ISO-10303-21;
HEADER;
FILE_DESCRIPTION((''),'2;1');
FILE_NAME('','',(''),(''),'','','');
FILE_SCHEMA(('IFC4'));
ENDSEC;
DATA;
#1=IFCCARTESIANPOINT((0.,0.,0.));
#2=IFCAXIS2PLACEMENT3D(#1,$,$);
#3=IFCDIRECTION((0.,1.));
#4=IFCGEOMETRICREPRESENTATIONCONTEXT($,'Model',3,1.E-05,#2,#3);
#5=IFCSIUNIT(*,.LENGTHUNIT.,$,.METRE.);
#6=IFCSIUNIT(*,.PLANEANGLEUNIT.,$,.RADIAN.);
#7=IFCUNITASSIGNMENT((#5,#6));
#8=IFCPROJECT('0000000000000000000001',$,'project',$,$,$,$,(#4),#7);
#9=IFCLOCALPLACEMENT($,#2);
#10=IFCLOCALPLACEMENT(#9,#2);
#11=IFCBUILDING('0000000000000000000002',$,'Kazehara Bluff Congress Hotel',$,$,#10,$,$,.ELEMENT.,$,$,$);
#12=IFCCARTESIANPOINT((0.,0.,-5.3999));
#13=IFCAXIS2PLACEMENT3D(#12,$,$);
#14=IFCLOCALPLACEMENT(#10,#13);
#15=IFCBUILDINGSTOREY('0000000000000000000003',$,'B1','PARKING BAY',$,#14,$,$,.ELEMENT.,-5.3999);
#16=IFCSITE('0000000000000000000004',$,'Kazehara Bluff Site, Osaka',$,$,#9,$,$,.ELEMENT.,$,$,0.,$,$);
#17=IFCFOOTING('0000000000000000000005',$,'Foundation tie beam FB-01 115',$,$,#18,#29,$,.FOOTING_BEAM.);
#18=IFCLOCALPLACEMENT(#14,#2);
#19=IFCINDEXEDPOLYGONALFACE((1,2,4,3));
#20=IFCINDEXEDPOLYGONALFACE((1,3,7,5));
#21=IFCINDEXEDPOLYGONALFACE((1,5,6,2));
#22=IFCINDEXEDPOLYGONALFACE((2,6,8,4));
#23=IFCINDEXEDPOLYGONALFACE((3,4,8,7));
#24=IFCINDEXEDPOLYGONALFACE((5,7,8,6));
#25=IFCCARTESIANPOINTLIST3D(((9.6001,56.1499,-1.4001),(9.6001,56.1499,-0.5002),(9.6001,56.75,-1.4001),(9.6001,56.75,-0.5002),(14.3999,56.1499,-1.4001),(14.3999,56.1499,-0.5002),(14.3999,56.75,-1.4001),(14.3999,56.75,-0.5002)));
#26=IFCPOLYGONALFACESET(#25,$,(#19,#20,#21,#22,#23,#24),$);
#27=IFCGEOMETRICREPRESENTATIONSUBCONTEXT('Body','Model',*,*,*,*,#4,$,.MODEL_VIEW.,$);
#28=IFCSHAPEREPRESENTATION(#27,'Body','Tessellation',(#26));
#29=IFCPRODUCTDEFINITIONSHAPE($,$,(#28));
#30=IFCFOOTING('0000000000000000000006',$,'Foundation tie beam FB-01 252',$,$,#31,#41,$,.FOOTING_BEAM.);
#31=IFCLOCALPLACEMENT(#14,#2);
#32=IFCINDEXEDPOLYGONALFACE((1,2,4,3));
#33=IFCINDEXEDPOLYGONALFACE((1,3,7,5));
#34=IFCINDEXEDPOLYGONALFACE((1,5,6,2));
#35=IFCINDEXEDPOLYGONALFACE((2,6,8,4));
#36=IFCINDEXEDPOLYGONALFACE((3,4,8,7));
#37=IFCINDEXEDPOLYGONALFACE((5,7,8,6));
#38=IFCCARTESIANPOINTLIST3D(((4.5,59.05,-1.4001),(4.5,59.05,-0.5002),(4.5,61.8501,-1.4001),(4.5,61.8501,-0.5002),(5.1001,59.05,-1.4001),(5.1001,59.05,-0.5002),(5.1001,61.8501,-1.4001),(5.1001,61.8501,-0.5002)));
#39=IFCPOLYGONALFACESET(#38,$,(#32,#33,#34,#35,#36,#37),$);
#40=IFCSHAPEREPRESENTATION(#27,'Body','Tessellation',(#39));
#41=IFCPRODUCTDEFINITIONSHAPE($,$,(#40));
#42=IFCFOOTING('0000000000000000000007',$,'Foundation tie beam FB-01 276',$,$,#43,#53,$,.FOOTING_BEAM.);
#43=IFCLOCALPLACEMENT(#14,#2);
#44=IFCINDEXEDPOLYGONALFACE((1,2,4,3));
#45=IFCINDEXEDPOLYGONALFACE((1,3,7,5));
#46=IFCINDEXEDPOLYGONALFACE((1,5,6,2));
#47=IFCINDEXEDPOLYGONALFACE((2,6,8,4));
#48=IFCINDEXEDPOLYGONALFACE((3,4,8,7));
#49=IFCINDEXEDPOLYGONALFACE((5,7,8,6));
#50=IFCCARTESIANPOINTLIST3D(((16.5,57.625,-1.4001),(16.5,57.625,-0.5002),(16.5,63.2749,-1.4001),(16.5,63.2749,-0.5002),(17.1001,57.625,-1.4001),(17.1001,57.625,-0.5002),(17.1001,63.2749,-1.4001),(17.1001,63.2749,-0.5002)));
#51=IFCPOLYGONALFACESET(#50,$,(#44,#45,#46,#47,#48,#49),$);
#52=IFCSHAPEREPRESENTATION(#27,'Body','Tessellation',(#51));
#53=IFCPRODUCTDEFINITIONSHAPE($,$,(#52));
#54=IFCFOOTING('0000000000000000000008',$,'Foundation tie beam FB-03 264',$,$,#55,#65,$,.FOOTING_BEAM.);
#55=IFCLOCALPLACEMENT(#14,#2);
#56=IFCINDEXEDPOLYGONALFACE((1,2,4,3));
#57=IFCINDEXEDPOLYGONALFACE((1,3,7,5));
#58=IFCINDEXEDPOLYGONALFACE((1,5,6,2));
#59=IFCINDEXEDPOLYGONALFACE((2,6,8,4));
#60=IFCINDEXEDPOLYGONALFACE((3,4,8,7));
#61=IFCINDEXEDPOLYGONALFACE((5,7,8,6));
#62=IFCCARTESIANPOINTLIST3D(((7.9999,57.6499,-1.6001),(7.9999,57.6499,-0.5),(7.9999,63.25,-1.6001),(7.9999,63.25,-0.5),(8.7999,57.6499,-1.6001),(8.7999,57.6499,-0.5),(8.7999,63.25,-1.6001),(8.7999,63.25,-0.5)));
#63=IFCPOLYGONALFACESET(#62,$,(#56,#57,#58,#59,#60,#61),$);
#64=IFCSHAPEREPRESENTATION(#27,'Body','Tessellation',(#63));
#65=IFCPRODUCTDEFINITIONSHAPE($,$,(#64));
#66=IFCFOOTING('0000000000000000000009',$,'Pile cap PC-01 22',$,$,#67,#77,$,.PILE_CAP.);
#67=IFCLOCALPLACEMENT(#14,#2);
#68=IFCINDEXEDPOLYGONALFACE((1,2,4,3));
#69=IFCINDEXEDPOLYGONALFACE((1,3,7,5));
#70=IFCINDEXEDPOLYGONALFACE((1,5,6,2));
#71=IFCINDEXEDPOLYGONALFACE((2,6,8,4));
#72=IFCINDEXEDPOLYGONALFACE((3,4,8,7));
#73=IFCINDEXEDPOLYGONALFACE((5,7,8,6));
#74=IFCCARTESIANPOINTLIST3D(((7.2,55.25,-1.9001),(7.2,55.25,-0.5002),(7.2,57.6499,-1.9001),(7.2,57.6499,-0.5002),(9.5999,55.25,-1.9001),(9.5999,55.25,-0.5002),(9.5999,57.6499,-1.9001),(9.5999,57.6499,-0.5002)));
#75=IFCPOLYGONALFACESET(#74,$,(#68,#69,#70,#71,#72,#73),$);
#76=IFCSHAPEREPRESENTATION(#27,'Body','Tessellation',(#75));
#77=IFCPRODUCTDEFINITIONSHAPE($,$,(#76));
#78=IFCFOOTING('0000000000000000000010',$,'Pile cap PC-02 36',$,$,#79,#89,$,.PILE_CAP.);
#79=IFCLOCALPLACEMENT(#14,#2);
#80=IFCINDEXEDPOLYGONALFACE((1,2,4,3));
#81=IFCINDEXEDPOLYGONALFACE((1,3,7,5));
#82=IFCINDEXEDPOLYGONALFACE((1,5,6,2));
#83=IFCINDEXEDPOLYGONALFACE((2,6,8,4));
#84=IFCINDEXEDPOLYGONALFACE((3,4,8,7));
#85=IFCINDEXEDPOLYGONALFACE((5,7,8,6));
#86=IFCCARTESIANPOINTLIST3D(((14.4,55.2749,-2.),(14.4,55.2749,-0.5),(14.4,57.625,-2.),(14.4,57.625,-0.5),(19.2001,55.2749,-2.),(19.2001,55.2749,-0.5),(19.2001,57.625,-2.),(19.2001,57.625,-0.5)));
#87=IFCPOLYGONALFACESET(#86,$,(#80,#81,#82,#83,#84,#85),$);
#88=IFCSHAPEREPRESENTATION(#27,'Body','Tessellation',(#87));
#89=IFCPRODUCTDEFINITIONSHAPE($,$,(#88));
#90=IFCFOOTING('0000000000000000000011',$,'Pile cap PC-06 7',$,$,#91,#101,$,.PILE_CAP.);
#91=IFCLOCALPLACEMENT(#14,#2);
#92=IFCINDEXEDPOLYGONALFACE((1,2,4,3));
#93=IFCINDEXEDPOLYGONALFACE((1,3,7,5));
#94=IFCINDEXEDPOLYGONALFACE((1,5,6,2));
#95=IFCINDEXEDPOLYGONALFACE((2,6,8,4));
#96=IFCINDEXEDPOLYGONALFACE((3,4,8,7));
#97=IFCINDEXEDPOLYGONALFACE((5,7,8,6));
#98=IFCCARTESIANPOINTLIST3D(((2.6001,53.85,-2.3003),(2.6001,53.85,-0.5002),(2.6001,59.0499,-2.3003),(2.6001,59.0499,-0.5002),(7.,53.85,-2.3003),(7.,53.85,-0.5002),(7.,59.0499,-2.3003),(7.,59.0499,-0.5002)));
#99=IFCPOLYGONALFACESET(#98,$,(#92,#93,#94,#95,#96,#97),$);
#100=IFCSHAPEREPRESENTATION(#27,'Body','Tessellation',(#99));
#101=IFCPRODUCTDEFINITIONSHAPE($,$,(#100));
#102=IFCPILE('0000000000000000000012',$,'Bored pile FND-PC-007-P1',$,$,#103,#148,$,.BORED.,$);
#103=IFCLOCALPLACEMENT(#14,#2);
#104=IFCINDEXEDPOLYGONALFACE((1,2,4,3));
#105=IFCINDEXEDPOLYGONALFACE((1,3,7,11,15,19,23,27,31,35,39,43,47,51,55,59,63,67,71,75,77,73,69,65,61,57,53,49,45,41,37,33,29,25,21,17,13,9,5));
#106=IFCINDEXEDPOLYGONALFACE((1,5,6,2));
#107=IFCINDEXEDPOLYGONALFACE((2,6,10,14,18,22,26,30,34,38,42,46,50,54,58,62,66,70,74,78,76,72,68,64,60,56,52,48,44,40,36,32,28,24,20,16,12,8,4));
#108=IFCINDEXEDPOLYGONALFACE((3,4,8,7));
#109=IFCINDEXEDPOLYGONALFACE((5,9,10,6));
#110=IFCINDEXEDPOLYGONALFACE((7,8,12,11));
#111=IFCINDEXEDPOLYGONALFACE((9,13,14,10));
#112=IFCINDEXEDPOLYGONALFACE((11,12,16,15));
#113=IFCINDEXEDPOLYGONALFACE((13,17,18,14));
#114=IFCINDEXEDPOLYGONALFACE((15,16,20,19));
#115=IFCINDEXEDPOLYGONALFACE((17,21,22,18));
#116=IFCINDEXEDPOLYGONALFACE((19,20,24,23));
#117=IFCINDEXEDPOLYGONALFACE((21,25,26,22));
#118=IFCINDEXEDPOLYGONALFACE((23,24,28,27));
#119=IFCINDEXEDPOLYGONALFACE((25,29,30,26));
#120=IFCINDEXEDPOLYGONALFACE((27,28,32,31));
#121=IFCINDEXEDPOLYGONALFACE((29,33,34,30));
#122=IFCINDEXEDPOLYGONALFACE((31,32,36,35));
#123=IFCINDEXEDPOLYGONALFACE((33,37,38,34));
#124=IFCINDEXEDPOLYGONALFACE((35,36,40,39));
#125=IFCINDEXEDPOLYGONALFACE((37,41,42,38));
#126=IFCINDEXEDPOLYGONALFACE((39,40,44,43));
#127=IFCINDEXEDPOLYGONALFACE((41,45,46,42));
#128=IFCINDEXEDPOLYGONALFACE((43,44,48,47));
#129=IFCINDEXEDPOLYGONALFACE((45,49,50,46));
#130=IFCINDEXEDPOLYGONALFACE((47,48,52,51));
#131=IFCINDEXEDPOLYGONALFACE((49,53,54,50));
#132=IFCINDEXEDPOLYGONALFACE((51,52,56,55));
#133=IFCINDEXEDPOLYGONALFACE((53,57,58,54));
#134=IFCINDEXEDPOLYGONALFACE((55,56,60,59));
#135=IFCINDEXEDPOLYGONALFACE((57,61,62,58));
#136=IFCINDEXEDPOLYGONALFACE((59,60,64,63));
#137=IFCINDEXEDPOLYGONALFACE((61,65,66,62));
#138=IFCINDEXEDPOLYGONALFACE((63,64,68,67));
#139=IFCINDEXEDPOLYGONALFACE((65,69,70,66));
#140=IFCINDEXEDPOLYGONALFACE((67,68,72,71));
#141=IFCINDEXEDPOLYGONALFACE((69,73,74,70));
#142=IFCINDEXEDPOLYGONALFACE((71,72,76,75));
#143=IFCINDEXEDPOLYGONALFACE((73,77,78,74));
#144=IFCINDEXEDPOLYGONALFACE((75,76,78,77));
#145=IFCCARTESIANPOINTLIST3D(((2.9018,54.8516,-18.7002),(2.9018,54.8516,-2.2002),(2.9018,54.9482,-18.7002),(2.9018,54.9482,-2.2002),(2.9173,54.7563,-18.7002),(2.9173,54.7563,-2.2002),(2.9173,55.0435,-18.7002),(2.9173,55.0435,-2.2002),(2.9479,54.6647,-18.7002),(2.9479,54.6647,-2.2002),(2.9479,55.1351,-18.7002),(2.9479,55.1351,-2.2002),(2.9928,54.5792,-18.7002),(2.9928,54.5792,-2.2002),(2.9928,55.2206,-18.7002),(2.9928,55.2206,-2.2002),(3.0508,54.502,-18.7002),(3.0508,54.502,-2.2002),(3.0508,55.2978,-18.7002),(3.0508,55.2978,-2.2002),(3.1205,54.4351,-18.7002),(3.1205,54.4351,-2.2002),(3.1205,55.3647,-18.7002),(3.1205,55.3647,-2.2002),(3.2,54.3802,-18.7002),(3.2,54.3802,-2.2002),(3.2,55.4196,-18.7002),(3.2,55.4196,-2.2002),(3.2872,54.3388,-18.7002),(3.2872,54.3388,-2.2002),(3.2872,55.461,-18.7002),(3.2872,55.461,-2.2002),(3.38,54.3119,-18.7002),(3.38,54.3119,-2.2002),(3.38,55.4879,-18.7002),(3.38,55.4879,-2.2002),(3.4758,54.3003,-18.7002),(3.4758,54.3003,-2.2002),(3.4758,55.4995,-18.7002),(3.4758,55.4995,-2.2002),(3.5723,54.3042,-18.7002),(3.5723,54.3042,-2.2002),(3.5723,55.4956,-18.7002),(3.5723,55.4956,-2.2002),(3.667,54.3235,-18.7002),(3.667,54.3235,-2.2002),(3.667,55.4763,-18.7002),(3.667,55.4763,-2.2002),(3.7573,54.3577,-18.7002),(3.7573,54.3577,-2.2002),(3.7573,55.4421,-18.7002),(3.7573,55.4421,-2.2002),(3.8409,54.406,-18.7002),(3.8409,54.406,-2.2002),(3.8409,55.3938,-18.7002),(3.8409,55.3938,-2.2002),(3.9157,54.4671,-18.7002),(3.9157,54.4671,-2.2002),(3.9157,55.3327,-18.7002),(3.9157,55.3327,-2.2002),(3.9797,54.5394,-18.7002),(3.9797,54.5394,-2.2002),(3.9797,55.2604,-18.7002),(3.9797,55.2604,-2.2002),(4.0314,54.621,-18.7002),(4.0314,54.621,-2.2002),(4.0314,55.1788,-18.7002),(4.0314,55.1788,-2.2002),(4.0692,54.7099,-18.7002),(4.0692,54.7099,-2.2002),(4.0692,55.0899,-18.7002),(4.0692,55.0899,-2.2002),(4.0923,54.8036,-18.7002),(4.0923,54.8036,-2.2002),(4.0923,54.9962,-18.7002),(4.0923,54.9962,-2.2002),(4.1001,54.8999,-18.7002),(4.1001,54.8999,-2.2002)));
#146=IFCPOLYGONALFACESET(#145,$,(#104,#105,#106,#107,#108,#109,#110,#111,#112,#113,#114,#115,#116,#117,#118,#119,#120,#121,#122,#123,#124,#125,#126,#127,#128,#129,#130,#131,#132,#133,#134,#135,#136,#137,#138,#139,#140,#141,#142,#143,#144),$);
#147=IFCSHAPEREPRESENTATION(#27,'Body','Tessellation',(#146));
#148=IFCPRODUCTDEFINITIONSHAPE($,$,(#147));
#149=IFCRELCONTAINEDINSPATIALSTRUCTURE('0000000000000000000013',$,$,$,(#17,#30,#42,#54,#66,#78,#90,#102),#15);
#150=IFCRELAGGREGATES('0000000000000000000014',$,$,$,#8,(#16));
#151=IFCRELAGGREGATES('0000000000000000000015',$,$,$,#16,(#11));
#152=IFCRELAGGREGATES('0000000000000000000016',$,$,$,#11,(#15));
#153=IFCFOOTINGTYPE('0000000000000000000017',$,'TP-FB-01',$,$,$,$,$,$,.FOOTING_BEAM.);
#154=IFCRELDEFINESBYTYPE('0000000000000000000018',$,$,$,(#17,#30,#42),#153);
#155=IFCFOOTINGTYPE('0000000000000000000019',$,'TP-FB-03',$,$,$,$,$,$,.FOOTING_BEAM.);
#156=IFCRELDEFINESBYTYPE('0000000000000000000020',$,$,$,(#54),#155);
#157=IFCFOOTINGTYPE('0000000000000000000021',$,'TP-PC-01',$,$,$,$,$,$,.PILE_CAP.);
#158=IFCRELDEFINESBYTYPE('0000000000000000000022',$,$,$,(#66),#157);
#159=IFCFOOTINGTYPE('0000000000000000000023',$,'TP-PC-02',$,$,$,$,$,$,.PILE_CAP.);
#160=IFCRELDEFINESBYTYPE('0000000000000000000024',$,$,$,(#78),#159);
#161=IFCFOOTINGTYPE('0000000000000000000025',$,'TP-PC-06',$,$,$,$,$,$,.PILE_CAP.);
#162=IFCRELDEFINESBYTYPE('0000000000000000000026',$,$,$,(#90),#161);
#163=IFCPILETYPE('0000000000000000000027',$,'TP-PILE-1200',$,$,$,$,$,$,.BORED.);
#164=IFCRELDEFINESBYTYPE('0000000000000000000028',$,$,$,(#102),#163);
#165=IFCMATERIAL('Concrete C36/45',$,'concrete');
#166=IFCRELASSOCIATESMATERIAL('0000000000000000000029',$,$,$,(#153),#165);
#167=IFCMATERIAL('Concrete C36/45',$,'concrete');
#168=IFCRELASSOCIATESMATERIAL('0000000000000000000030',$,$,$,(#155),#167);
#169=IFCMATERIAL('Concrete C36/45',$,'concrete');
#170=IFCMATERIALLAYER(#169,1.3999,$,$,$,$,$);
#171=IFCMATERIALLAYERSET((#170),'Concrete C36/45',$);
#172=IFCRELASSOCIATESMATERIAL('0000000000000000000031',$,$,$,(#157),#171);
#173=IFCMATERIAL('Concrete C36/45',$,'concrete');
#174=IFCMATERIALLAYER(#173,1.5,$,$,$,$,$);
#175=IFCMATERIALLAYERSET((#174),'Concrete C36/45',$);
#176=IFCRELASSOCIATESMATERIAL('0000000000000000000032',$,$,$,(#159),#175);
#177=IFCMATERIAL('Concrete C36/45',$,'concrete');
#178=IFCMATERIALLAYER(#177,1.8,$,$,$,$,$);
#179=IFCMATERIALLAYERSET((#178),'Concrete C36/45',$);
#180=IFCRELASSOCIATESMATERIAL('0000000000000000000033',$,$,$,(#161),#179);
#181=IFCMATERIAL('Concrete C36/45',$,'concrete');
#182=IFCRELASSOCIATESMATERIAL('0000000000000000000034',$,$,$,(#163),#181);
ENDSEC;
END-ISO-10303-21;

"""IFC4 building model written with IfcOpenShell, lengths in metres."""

from ifc_helpers import new_model, si_unit, direction, frame, origin, origin_2d, place, context, subcontext, project, spatial, rectangle, circle, extrude, material, layer, layer_set, material_profile, profile_set, type_object, element, save


model = new_model("IFC4")

# Units and contexts
model_context = context("Model", 3, precision=1e-05, world=origin(), true_north=direction((0.0, 1.0)))
body_context = subcontext(model_context, "Body", "Model", "MODEL_VIEW")
ifc_project = project(units=[si_unit("LENGTHUNIT", "METRE"), si_unit("PLANEANGLEUNIT", "RADIAN")], contexts=[model_context])

# Site, building, storey
site_placement = place(None, origin())
site = spatial("IfcSite", under=ifc_project, at=site_placement, Name="Kazehara Bluff Site, Osaka", CompositionType="ELEMENT", RefElevation=0.0)
building_placement = place(site_placement, origin())
building = spatial("IfcBuilding", under=site, at=building_placement, Name="Kazehara Bluff Congress Hotel", CompositionType="ELEMENT")
storey_placement = place(building_placement, frame((0.0, 0.0, -5.3999)))
storey = spatial("IfcBuildingStorey", under=building, at=storey_placement, Name="B1", Description="PARKING BAY", CompositionType="ELEMENT", Elevation=-5.3999)

# Footings
ifc_material_1 = material(Name="Concrete C36/45", Category="concrete")
ifc_material_profile_1 = material_profile(ifc_material_1, rectangle(XDim=0.6001, YDim=0.8999, at=origin_2d()))
ifc_profile_set_1 = profile_set([ifc_material_profile_1], Name="Concrete C36/45")
footing_type_1 = type_object("IfcFootingType", Name="TP-FB-01", PredefinedType="FOOTING_BEAM", material=ifc_profile_set_1)
footing_1_placement = place(storey_placement, frame((9.6001, 56.45, -0.9502), z_axis=(1.0, 0.0, 0.0), x_axis=(0.0, 1.0, 0.0)))
element("IfcFooting", 1, at=footing_1_placement, inside=storey, type_object=footing_type_1, Name="Foundation tie beam FB-01 115", PredefinedType="FOOTING_BEAM", context=body_context, shape_type="SweptSolid", body=[
    extrude(rectangle(XDim=0.6001, YDim=0.8999, at=origin_2d()), origin(), (0.0, 0.0, 1.0), 4.7998),
])
footing_2_placement = place(storey_placement, frame((4.8, 59.05, -0.9502), z_axis=(0.0, 1.0, 0.0), x_axis=(-1.0, 0.0, 0.0)))
element("IfcFooting", 2, at=footing_2_placement, inside=storey, type_object=footing_type_1, Name="Foundation tie beam FB-01 252", PredefinedType="FOOTING_BEAM", context=body_context, shape_type="SweptSolid", body=[
    extrude(rectangle(XDim=0.6001, YDim=0.8999, at=origin_2d()), origin(), (0.0, 0.0, 1.0), 2.8),
])
footing_3_placement = place(storey_placement, frame((16.8, 57.625, -0.9502), z_axis=(0.0, 1.0, 0.0), x_axis=(-1.0, 0.0, 0.0)))
element("IfcFooting", 3, at=footing_3_placement, inside=storey, type_object=footing_type_1, Name="Foundation tie beam FB-01 276", PredefinedType="FOOTING_BEAM", context=body_context, shape_type="SweptSolid", body=[
    extrude(rectangle(XDim=0.6001, YDim=0.8999, at=origin_2d()), origin(), (0.0, 0.0, 1.0), 5.6499),
])
ifc_material_2 = material(Name="Concrete C36/45", Category="concrete")
ifc_material_profile_2 = material_profile(ifc_material_2, rectangle(XDim=0.8, YDim=1.1001, at=origin_2d()))
ifc_profile_set_2 = profile_set([ifc_material_profile_2], Name="Concrete C36/45")
footing_type_2 = type_object("IfcFootingType", Name="TP-FB-03", PredefinedType="FOOTING_BEAM", material=ifc_profile_set_2)
footing_4_placement = place(storey_placement, frame((8.3999, 57.6499, -1.05), z_axis=(0.0, 1.0, 0.0), x_axis=(-1.0, 0.0, 0.0)))
element("IfcFooting", 4, at=footing_4_placement, inside=storey, type_object=footing_type_2, Name="Foundation tie beam FB-03 264", PredefinedType="FOOTING_BEAM", context=body_context, shape_type="SweptSolid", body=[
    extrude(rectangle(XDim=0.8, YDim=1.1001, at=origin_2d()), origin(), (0.0, 0.0, 1.0), 5.6001),
])
ifc_material_3 = material(Name="Concrete C36/45", Category="concrete")
ifc_layer_1 = layer(ifc_material_3, 1.3999)
ifc_layer_set_1 = layer_set([ifc_layer_1], Name="Concrete C36/45")
footing_type_3 = type_object("IfcFootingType", Name="TP-PC-01", PredefinedType="PILE_CAP", material=ifc_layer_set_1)
footing_5_placement = place(storey_placement, frame((8.3999, 56.45, -1.9001), z_axis=(0.0, 0.0, 1.0), x_axis=(1.0, 0.0, 0.0)))
element("IfcFooting", 5, at=footing_5_placement, inside=storey, type_object=footing_type_3, Name="Pile cap PC-01 22", PredefinedType="PILE_CAP", context=body_context, shape_type="SweptSolid", body=[
    extrude(rectangle(XDim=2.3999, YDim=2.3999, at=origin_2d()), origin(), (0.0, 0.0, 1.0), 1.3999),
])
ifc_material_4 = material(Name="Concrete C36/45", Category="concrete")
ifc_layer_2 = layer(ifc_material_4, 1.5)
ifc_layer_set_2 = layer_set([ifc_layer_2], Name="Concrete C36/45")
footing_type_4 = type_object("IfcFootingType", Name="TP-PC-02", PredefinedType="PILE_CAP", material=ifc_layer_set_2)
footing_6_placement = place(storey_placement, frame((16.8, 56.45, -2.0), z_axis=(0.0, 0.0, 1.0), x_axis=(1.0, 0.0, 0.0)))
element("IfcFooting", 6, at=footing_6_placement, inside=storey, type_object=footing_type_4, Name="Pile cap PC-02 36", PredefinedType="PILE_CAP", context=body_context, shape_type="SweptSolid", body=[
    extrude(rectangle(XDim=4.8, YDim=2.3501, at=origin_2d()), origin(), (0.0, 0.0, 1.0), 1.5),
])
ifc_material_5 = material(Name="Concrete C36/45", Category="concrete")
ifc_layer_3 = layer(ifc_material_5, 1.8)
ifc_layer_set_3 = layer_set([ifc_layer_3], Name="Concrete C36/45")
footing_type_5 = type_object("IfcFootingType", Name="TP-PC-06", PredefinedType="PILE_CAP", material=ifc_layer_set_3)
footing_7_placement = place(storey_placement, frame((4.8, 56.45, -2.3003), z_axis=(0.0, 0.0, 1.0), x_axis=(1.0, 0.0, 0.0)))
element("IfcFooting", 7, at=footing_7_placement, inside=storey, type_object=footing_type_5, Name="Pile cap PC-06 7", PredefinedType="PILE_CAP", context=body_context, shape_type="SweptSolid", body=[
    extrude(rectangle(XDim=4.3999, YDim=5.2, at=origin_2d()), origin(), (0.0, 0.0, 1.0), 1.8),
])

# Pile
ifc_material_6 = material(Name="Concrete C36/45", Category="concrete")
ifc_material_profile_3 = material_profile(ifc_material_6, circle(Radius=0.6001, at=origin_2d()))
ifc_profile_set_3 = profile_set([ifc_material_profile_3], Name="Concrete C36/45")
pile_type = type_object("IfcPileType", Name="TP-PILE-1200", PredefinedType="BORED", material=ifc_profile_set_3)
for number, where, z_axis, x_axis, name in (
    (8, (3.5, 54.8999, -2.2002), (0.0, 0.0, -1.0), (1.0, 0.0, 0.0), "Bored pile FND-PC-007-P1"),
):
    element("IfcPile", number, at=place(storey_placement, frame(where, z_axis=z_axis, x_axis=x_axis)), inside=storey, type_object=pile_type, Name=name, PredefinedType="BORED", context=body_context, shape_type="SweptSolid", body=[
        extrude(circle(Radius=0.6001, at=origin_2d()), origin(), (0.0, 0.0, 1.0), 16.5),
    ])

save(model, "model.ifc")
